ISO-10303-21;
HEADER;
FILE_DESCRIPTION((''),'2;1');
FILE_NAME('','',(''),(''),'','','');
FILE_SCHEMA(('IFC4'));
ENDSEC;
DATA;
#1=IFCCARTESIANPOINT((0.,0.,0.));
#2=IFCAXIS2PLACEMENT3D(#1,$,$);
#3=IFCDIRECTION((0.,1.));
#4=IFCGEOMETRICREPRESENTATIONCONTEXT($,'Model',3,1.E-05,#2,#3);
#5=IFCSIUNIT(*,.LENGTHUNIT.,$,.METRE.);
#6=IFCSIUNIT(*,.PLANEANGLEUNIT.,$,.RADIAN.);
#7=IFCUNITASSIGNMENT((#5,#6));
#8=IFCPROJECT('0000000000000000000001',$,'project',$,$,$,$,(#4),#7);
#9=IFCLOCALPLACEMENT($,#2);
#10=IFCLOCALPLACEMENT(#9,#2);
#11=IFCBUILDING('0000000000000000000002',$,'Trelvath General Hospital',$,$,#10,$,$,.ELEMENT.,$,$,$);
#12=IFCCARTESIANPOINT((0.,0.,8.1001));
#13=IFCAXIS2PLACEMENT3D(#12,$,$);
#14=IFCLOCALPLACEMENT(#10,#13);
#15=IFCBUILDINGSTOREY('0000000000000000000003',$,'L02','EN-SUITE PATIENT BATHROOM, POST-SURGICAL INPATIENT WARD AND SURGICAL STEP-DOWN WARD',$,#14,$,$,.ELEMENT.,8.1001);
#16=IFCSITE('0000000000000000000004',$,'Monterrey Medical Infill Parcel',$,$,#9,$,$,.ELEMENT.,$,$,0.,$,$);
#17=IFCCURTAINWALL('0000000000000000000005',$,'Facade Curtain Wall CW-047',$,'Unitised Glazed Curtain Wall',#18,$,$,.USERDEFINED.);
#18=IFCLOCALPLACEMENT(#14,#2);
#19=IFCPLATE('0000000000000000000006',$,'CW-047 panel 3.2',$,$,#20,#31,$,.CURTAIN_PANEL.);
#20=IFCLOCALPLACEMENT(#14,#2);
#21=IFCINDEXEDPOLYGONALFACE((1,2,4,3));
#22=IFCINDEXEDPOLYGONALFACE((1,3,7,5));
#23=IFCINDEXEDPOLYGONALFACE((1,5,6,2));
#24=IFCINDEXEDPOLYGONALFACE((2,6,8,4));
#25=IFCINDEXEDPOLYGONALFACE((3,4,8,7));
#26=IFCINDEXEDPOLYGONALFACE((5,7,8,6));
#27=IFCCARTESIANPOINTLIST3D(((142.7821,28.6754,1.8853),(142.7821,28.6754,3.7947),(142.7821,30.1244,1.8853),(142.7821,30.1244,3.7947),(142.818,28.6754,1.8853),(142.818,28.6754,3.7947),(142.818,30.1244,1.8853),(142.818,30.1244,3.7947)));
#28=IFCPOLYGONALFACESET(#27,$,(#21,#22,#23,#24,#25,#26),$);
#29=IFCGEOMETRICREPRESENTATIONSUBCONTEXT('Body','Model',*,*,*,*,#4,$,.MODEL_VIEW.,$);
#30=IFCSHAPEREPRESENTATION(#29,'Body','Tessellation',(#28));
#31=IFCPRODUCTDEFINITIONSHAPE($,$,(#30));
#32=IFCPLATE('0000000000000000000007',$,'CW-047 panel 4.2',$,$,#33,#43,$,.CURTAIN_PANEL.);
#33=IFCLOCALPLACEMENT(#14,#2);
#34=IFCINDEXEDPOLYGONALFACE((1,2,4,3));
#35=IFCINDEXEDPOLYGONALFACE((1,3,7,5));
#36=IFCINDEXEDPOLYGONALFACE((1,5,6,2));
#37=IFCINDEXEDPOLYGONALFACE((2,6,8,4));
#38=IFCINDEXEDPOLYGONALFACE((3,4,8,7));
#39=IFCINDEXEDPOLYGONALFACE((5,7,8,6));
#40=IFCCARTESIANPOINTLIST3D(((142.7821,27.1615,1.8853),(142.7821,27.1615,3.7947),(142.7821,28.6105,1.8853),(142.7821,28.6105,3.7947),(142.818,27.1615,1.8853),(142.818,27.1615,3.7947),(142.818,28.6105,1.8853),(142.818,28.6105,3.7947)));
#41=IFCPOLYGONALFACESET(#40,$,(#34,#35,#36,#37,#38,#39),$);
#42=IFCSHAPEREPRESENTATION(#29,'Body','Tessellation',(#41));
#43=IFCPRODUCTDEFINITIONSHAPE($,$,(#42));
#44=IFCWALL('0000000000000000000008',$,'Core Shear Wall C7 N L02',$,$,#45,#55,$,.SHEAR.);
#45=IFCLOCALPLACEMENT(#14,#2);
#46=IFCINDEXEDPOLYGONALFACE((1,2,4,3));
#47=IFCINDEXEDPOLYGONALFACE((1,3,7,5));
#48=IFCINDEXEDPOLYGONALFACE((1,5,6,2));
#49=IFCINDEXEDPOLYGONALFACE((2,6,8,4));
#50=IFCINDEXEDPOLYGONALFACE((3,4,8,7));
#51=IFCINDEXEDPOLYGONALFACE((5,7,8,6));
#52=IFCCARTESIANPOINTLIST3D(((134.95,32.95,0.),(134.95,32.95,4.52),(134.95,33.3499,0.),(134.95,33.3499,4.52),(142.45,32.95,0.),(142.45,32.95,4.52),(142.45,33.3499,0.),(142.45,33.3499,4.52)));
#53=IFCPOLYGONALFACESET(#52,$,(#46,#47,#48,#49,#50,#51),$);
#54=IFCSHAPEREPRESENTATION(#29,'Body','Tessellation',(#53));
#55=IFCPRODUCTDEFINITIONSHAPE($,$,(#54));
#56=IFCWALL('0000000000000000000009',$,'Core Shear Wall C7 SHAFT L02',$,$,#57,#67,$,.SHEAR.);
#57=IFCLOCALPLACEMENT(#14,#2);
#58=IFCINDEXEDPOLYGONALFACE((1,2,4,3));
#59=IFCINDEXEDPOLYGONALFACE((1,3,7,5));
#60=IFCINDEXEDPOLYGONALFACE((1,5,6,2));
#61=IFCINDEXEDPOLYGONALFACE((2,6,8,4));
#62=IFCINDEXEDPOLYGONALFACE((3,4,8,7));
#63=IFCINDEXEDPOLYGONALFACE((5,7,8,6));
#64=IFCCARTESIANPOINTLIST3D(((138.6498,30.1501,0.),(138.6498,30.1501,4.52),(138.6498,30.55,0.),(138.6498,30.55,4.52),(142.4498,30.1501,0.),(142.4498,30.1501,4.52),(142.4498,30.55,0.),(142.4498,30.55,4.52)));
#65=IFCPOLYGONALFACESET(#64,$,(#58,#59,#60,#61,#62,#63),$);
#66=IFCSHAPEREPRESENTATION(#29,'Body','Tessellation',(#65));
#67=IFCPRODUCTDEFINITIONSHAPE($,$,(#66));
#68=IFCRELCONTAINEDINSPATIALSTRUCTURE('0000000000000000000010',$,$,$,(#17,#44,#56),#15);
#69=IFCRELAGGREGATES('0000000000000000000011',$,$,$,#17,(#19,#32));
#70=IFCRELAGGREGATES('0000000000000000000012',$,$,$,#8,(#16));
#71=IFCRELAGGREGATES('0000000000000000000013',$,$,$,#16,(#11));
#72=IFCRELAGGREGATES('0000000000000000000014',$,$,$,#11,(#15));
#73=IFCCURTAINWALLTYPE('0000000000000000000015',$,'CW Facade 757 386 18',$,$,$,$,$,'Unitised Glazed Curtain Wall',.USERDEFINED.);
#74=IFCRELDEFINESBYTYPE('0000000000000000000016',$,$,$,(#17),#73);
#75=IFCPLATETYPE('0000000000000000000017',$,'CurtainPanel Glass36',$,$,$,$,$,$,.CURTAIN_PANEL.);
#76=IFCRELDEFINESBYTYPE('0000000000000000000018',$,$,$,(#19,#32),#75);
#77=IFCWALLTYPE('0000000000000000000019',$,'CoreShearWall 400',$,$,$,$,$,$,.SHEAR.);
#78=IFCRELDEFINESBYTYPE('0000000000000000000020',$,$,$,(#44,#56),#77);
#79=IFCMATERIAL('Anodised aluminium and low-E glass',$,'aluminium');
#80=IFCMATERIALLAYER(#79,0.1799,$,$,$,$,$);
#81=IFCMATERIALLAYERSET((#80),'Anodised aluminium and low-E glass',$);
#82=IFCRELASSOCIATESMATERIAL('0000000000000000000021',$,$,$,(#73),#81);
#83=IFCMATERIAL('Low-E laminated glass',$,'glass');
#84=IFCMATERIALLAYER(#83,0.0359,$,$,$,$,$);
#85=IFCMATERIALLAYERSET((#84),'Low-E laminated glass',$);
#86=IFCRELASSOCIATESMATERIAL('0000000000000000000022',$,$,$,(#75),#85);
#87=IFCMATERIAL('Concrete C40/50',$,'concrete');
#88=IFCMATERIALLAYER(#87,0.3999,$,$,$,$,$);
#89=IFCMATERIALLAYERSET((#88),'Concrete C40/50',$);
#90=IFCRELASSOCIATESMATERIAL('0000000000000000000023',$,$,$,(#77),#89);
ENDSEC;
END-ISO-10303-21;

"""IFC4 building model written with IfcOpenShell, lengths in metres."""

from ifc_helpers import new_model, si_unit, direction, frame, frame_2d, origin, origin_2d, place, context, subcontext, project, spatial, rectangle, extrude, material, layer, layer_set, type_object, element, aggregate, save


model = new_model("IFC4")

# Units and contexts
model_context = context("Model", 3, precision=1e-05, world=origin(), true_north=direction((0.0, 1.0)))
body_context = subcontext(model_context, "Body", "Model", "MODEL_VIEW")
ifc_project = project(units=[si_unit("LENGTHUNIT", "METRE"), si_unit("PLANEANGLEUNIT", "RADIAN")], contexts=[model_context])

# Site, building, storey
site_placement = place(None, origin())
site = spatial("IfcSite", under=ifc_project, at=site_placement, Name="Monterrey Medical Infill Parcel", CompositionType="ELEMENT", RefElevation=0.0)
building_placement = place(site_placement, origin())
building = spatial("IfcBuilding", under=site, at=building_placement, Name="Trelvath General Hospital", CompositionType="ELEMENT")
storey_placement = place(building_placement, frame((0.0, 0.0, 8.1001)))
storey = spatial("IfcBuildingStorey", under=building, at=storey_placement, Name="L02", Description="EN-SUITE PATIENT BATHROOM, POST-SURGICAL INPATIENT WARD AND SURGICAL STEP-DOWN WARD", CompositionType="ELEMENT", Elevation=8.1001)

# Curtain wall, plates
ifc_material_1 = material(Name="Anodised aluminium and low-E glass", Category="aluminium")
ifc_layer_1 = layer(ifc_material_1, 0.1799)
ifc_layer_set_1 = layer_set([ifc_layer_1], Name="Anodised aluminium and low-E glass")
curtain_wall_type = type_object("IfcCurtainWallType", Name="CW Facade 757 386 18", ElementType="Unitised Glazed Curtain Wall", PredefinedType="USERDEFINED", material=ifc_layer_set_1)
curtain_wall_placement = place(storey_placement, origin())
curtain_wall = element("IfcCurtainWall", 1, at=curtain_wall_placement, inside=storey, type_object=curtain_wall_type, Name="Facade Curtain Wall CW-047", ObjectType="Unitised Glazed Curtain Wall", PredefinedType="USERDEFINED")
ifc_material_2 = material(Name="Low-E laminated glass", Category="glass")
ifc_layer_2 = layer(ifc_material_2, 0.0359)
ifc_layer_set_2 = layer_set([ifc_layer_2], Name="Low-E laminated glass")
plate_type = type_object("IfcPlateType", Name="CurtainPanel Glass36", PredefinedType="CURTAIN_PANEL", material=ifc_layer_set_2)
plate_1_placement = place(storey_placement, frame((142.8, 29.3999, 1.8853), z_axis=(0.0, 0.0, 1.0), x_axis=(0.0, -1.0, 0.0)))
plate_1 = element("IfcPlate", 2, at=plate_1_placement, type_object=plate_type, Name="CW-047 panel 3.2", PredefinedType="CURTAIN_PANEL", context=body_context, shape_type="SweptSolid", body=[
    extrude(rectangle(XDim=1.449, YDim=0.0359, at=origin_2d()), origin(), (0.0, 0.0, 1.0), 1.9094),
])
plate_2_placement = place(storey_placement, frame((142.8, 27.886, 1.8853), z_axis=(0.0, 0.0, 1.0), x_axis=(0.0, -1.0, 0.0)))
plate_2 = element("IfcPlate", 3, at=plate_2_placement, type_object=plate_type, Name="CW-047 panel 4.2", PredefinedType="CURTAIN_PANEL", context=body_context, shape_type="SweptSolid", body=[
    extrude(rectangle(XDim=1.449, YDim=0.0359, at=origin_2d()), origin(), (0.0, 0.0, 1.0), 1.9094),
])
aggregate(curtain_wall, [plate_1, plate_2])

# Walls
ifc_material_3 = material(Name="Concrete C40/50", Category="concrete")
ifc_layer_3 = layer(ifc_material_3, 0.3999)
ifc_layer_set_3 = layer_set([ifc_layer_3], Name="Concrete C40/50")
wall_type = type_object("IfcWallType", Name="CoreShearWall 400", PredefinedType="SHEAR", material=ifc_layer_set_3)
wall_1_placement = place(storey_placement, frame((134.95, 33.1499, 0.0), z_axis=(0.0, 0.0, 1.0), x_axis=(1.0, 0.0, 0.0)))
element("IfcWall", 4, at=wall_1_placement, inside=storey, type_object=wall_type, Name="Core Shear Wall C7 N L02", PredefinedType="SHEAR", context=body_context, shape_type="SweptSolid", body=[
    extrude(rectangle(XDim=7.5, YDim=0.3999, at=frame_2d((3.75, 0.0))), origin(), (0.0, 0.0, 1.0), 4.52),
])
wall_2_placement = place(storey_placement, frame((138.6499, 30.3501, 0.0), z_axis=(0.0, 0.0, 1.0), x_axis=(1.0, 0.0, 0.0)))
element("IfcWall", 5, at=wall_2_placement, inside=storey, type_object=wall_type, Name="Core Shear Wall C7 SHAFT L02", PredefinedType="SHEAR", context=body_context, shape_type="SweptSolid", body=[
    extrude(rectangle(XDim=3.8, YDim=0.3999, at=frame_2d((1.8999, 0.0))), origin(), (0.0, 0.0, 1.0), 4.52),
])

save(model, "model.ifc")
